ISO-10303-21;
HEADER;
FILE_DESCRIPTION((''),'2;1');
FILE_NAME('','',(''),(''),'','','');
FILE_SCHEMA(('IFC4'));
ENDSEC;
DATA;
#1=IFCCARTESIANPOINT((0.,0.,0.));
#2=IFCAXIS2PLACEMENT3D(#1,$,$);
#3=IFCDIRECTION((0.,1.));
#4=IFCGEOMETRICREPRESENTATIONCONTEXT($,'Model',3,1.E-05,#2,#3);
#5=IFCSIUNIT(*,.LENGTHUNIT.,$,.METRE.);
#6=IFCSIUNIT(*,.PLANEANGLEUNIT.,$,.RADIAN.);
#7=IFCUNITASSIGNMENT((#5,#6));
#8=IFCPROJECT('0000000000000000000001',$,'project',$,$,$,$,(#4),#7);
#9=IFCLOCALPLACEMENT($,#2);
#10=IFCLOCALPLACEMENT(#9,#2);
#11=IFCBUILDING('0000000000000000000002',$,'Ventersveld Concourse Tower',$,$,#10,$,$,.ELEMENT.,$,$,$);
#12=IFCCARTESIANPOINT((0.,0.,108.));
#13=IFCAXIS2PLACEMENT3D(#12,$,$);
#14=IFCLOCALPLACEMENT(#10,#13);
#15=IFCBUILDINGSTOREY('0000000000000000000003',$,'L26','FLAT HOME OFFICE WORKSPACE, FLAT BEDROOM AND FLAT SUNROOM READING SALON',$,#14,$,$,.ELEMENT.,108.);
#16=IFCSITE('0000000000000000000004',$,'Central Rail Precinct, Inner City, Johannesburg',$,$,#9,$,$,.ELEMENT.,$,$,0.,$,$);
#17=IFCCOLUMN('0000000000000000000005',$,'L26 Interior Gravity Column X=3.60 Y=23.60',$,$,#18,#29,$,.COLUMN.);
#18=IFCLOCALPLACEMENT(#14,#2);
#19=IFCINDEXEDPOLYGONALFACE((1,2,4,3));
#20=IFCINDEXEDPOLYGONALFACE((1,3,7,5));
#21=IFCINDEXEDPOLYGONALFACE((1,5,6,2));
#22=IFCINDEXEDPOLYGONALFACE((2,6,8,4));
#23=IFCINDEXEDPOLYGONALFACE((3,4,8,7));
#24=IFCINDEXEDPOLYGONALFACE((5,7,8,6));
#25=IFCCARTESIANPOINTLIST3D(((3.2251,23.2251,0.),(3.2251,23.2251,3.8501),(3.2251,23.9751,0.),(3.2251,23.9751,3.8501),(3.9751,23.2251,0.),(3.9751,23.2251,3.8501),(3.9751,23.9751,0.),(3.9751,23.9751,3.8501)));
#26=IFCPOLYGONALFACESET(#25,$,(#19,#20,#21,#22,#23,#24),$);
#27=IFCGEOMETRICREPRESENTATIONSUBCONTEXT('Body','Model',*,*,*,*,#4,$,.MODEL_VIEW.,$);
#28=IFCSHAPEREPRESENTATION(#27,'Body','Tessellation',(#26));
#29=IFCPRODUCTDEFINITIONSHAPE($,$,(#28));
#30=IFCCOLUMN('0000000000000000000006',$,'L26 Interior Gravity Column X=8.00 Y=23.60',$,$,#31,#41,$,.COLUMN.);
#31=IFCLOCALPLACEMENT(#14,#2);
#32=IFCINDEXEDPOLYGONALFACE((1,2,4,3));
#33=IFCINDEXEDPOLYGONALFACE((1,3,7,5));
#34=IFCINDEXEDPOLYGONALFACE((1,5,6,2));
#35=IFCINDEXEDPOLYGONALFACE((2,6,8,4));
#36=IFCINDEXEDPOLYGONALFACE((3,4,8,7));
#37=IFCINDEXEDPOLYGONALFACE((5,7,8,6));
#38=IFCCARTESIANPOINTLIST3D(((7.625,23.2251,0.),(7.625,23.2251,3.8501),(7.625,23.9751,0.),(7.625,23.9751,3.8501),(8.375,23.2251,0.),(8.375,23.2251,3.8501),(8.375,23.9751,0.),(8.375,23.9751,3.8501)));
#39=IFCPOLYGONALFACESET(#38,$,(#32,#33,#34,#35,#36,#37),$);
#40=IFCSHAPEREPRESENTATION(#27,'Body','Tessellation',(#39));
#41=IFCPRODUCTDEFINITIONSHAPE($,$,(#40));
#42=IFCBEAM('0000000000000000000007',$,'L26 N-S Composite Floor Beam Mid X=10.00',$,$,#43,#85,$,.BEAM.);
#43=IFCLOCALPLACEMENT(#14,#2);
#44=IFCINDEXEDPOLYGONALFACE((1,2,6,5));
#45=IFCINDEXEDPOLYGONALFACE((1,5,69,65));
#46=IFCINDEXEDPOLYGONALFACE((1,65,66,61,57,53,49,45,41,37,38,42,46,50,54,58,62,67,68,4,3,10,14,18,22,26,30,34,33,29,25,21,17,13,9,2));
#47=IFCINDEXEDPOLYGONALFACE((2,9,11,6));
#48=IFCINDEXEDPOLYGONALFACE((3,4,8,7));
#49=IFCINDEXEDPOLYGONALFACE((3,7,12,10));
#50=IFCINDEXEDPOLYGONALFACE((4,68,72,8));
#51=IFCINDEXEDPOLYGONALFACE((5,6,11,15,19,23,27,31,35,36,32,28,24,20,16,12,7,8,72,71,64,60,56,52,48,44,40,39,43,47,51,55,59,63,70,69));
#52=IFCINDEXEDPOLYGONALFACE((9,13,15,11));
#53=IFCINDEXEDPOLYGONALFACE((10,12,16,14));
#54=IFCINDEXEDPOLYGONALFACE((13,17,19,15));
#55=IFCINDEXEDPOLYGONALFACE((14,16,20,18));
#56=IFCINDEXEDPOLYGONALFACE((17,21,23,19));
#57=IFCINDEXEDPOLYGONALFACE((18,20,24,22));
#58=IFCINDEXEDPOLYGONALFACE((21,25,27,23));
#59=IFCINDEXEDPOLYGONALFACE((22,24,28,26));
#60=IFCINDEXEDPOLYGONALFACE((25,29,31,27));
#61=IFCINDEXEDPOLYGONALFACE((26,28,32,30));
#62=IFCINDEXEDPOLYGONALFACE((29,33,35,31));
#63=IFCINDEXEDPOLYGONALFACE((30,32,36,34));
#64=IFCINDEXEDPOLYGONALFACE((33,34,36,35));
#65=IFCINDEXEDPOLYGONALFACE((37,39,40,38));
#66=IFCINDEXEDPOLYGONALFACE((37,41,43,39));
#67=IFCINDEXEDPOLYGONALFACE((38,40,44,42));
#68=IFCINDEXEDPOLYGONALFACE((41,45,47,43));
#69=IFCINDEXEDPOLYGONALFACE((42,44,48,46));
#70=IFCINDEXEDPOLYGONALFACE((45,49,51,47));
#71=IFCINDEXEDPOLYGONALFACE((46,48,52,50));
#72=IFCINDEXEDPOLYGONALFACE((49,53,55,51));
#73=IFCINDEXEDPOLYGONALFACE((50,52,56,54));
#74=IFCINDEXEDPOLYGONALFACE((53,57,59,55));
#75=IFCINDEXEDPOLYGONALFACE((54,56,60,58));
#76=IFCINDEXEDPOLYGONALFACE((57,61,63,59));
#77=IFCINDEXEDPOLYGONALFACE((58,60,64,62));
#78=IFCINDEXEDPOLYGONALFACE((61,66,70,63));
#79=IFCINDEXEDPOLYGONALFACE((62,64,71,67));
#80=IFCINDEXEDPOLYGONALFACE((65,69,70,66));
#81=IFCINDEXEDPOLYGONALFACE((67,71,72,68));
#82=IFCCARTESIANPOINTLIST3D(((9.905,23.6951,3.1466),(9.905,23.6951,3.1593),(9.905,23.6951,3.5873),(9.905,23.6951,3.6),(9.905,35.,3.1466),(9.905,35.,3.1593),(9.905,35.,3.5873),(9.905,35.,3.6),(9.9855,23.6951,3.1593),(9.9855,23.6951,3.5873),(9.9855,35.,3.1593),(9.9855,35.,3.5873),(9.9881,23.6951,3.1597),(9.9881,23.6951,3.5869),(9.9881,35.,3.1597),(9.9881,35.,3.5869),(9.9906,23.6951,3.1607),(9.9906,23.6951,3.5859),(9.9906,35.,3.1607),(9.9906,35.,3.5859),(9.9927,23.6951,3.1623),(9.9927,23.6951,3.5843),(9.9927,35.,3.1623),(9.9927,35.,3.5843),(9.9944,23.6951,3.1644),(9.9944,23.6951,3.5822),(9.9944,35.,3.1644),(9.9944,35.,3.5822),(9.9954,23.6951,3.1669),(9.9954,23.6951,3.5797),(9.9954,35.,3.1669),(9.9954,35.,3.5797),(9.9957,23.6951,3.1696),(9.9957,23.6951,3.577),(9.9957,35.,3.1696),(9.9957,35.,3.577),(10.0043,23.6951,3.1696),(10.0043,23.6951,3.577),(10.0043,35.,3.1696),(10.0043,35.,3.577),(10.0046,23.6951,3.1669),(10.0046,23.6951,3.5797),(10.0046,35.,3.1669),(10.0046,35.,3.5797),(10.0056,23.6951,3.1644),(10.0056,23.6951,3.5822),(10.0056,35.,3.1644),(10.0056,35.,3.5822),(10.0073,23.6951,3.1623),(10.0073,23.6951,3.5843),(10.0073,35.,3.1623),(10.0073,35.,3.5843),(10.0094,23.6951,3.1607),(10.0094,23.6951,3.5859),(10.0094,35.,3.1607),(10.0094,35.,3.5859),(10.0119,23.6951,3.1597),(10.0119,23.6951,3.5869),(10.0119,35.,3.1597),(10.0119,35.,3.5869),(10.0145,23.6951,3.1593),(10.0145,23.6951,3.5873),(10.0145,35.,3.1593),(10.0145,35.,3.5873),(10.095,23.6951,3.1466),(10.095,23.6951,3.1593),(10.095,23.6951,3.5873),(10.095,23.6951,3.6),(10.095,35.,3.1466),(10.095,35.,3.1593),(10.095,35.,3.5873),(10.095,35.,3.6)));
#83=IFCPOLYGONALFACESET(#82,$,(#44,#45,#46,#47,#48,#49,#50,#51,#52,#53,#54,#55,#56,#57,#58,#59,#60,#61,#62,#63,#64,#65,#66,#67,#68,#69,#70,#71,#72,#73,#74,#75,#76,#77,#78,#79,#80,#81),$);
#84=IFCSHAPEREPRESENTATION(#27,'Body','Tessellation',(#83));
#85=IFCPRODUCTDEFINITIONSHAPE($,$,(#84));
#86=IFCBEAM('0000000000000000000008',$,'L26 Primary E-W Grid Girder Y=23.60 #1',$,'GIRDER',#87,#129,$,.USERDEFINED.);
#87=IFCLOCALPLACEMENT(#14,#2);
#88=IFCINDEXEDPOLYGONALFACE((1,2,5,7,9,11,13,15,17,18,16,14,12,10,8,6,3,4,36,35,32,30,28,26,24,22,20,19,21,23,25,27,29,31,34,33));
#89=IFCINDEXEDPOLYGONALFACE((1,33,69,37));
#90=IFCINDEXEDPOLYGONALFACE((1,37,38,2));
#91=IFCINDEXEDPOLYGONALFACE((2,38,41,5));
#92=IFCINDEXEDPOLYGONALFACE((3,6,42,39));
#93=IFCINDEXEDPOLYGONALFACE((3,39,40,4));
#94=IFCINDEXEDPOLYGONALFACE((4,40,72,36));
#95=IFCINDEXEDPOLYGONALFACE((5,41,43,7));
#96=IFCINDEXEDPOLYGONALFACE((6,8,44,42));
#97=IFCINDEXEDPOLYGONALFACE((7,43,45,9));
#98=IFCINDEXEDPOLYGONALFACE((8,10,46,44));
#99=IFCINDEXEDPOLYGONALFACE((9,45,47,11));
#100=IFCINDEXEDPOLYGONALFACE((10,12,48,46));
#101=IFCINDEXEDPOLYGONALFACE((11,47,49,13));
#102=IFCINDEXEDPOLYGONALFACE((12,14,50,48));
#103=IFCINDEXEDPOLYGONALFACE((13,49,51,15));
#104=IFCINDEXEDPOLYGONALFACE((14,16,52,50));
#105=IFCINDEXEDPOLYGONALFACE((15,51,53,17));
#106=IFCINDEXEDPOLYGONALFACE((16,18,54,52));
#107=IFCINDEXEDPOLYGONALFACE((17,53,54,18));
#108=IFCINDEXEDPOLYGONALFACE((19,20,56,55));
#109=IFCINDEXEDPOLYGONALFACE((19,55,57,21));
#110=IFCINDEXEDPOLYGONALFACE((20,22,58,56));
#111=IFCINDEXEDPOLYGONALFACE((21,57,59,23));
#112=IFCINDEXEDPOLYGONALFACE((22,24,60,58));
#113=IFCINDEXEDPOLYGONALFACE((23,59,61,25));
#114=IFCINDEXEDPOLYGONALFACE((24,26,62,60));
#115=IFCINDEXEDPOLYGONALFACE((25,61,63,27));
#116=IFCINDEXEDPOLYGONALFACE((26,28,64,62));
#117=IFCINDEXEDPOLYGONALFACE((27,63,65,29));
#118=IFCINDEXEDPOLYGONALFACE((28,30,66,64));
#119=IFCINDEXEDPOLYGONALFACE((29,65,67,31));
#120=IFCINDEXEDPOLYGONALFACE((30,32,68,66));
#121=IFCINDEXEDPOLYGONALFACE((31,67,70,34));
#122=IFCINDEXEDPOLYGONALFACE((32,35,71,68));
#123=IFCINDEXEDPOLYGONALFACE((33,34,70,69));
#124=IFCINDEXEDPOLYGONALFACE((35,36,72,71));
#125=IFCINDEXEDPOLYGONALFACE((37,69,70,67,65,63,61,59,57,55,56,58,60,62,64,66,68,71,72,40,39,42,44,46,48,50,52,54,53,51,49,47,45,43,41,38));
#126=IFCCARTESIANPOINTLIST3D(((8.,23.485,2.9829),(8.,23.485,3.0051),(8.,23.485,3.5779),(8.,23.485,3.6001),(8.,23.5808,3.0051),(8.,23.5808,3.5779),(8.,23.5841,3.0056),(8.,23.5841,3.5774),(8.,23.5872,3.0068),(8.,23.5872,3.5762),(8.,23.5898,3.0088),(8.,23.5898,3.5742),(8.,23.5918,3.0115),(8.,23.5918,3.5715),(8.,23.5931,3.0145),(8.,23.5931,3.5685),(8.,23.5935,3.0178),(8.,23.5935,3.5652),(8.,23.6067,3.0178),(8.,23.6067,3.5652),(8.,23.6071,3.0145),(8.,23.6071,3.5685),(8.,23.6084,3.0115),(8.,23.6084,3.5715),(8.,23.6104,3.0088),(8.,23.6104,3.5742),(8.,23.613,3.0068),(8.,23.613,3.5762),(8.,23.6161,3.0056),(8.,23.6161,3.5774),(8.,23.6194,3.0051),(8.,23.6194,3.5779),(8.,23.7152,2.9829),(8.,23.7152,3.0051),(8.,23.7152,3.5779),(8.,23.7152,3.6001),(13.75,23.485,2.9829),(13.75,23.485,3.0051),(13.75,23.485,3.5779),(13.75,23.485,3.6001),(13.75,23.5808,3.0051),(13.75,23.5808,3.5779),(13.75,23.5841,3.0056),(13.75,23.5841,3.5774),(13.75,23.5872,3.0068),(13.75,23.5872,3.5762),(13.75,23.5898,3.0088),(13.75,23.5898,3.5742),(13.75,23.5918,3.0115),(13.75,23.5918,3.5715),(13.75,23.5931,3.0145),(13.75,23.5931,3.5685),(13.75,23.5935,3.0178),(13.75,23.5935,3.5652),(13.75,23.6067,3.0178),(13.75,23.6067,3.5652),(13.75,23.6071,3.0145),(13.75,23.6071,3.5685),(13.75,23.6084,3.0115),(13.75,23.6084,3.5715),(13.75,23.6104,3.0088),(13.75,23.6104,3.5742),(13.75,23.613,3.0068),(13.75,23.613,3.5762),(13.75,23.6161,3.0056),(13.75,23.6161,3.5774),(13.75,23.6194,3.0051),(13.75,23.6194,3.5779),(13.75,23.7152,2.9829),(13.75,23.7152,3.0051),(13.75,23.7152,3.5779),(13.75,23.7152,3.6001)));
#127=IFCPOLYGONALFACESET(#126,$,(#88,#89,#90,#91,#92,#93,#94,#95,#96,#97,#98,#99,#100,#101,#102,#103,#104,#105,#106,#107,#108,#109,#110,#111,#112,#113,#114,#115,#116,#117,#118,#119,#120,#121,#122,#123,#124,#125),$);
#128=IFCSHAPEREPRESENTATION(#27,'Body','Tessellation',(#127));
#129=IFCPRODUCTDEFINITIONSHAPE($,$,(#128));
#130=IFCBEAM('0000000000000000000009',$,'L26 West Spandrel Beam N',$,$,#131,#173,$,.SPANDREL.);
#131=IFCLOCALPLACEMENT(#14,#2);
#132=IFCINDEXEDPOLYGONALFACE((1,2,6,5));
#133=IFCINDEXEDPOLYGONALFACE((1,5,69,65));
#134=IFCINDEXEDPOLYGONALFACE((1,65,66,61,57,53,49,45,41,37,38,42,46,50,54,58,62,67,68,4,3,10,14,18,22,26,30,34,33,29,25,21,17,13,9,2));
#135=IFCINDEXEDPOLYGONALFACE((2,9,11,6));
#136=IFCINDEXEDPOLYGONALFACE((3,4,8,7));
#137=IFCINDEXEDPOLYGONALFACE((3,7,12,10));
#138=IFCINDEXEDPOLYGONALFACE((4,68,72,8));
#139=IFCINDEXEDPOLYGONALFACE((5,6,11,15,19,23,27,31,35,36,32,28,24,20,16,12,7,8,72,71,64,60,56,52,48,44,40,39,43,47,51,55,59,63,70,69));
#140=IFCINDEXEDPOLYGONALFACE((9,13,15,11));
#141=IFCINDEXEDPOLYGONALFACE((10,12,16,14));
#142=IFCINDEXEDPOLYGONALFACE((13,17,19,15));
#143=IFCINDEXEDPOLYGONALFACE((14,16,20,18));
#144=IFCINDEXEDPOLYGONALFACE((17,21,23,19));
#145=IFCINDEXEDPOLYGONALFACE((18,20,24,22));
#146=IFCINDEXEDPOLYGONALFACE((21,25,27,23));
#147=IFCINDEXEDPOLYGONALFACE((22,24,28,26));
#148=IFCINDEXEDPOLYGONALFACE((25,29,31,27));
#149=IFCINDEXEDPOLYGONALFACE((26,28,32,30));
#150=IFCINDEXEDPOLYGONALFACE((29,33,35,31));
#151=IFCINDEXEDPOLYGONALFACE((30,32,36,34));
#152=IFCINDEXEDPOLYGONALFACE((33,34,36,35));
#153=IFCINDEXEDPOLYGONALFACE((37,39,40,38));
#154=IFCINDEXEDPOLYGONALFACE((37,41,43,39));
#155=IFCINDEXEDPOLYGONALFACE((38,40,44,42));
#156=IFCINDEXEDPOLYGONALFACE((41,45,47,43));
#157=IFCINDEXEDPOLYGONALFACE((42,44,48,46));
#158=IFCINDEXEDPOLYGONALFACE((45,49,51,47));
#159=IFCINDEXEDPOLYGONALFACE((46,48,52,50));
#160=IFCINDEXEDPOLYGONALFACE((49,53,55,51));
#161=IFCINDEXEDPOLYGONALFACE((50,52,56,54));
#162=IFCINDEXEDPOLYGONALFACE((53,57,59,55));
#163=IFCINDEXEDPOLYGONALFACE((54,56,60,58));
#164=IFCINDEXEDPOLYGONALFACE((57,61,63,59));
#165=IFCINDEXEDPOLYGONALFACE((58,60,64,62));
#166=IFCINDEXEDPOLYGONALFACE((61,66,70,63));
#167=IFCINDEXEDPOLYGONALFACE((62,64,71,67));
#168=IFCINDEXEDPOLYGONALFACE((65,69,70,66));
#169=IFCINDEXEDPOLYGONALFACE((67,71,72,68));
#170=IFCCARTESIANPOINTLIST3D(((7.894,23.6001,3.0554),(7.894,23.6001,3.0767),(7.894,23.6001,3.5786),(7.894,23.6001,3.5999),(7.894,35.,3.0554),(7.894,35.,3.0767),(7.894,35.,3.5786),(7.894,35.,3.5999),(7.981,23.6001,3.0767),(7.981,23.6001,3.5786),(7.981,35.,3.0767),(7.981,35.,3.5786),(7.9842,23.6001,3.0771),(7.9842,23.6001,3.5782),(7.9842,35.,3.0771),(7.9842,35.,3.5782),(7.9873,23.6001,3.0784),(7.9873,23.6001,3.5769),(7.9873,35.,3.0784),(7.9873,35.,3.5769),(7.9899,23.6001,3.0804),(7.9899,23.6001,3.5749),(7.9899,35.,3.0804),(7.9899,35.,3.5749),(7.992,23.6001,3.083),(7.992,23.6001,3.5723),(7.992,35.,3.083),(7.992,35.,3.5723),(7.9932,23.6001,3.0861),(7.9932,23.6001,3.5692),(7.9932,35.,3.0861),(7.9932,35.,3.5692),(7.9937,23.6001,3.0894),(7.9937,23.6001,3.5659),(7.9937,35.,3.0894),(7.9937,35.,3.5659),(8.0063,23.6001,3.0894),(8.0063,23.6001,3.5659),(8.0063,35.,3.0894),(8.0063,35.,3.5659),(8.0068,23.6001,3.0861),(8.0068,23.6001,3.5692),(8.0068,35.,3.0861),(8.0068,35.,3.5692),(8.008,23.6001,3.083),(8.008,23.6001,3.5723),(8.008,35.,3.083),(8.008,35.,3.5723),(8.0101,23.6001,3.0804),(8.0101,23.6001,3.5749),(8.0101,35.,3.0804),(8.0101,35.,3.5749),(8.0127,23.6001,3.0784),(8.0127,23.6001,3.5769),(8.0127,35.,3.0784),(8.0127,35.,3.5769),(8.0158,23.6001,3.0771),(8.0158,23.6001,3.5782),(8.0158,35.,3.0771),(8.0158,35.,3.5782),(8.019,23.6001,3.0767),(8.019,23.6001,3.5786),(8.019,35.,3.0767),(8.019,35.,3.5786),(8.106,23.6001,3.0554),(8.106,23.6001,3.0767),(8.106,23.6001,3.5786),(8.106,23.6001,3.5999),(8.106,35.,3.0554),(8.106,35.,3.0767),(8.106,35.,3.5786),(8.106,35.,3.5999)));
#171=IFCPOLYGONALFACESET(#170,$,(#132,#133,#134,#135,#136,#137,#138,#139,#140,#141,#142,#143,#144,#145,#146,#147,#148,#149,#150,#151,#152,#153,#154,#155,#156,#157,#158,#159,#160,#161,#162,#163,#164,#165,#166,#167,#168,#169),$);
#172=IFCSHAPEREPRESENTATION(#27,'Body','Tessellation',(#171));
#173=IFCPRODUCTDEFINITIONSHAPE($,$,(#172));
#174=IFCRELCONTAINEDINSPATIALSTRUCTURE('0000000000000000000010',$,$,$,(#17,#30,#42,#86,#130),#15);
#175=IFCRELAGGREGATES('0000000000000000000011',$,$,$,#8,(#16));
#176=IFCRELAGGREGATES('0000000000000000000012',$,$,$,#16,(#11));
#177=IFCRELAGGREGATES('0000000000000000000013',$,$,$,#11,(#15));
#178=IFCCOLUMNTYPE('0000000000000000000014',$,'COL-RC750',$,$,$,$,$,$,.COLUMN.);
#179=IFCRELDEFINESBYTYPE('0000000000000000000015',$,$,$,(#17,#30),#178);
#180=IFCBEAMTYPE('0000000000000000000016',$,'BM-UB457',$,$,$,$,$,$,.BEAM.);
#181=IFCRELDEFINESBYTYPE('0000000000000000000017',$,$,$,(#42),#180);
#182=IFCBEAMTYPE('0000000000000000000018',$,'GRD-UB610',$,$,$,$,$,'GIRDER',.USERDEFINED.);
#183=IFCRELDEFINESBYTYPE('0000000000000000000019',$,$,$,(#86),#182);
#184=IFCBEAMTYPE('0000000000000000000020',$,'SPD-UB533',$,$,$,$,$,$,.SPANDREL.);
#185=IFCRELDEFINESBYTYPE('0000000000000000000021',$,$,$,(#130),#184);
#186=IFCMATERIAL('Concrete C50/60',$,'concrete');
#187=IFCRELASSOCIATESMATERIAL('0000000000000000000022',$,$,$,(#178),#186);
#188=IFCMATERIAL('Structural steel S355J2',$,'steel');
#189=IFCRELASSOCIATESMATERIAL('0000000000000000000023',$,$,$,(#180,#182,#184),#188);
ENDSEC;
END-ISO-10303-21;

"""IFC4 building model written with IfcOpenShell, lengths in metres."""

from ifc_helpers import new_model, si_unit, direction, frame, origin, origin_2d, place, context, subcontext, project, spatial, rectangle, i_section, extrude, material, material_profile, profile_set, type_object, element, save


model = new_model("IFC4")

# Units and contexts
model_context = context("Model", 3, precision=1e-05, world=origin(), true_north=direction((0.0, 1.0)))
body_context = subcontext(model_context, "Body", "Model", "MODEL_VIEW")
ifc_project = project(units=[si_unit("LENGTHUNIT", "METRE"), si_unit("PLANEANGLEUNIT", "RADIAN")], contexts=[model_context])

# Site, building, storey
site_placement = place(None, origin())
site = spatial("IfcSite", under=ifc_project, at=site_placement, Name="Central Rail Precinct, Inner City, Johannesburg", CompositionType="ELEMENT", RefElevation=0.0)
building_placement = place(site_placement, origin())
building = spatial("IfcBuilding", under=site, at=building_placement, Name="Ventersveld Concourse Tower", CompositionType="ELEMENT")
storey_placement = place(building_placement, frame((0.0, 0.0, 108.0)))
storey = spatial("IfcBuildingStorey", under=building, at=storey_placement, Name="L26", Description="FLAT HOME OFFICE WORKSPACE, FLAT BEDROOM AND FLAT SUNROOM READING SALON", CompositionType="ELEMENT", Elevation=108.0)

# Columns
ifc_material_1 = material(Name="Concrete C50/60", Category="concrete")
ifc_material_profile_1 = material_profile(ifc_material_1, rectangle(XDim=0.75, YDim=0.75, at=origin_2d()), Name="RC 750x750")
ifc_profile_set_1 = profile_set([ifc_material_profile_1], Name="Concrete C50/60")
column_type = type_object("IfcColumnType", Name="COL-RC750", PredefinedType="COLUMN", material=ifc_profile_set_1)
for number, where, z_axis, x_axis, name in (
    (1, (3.6001, 23.6001, 0.0), (0.0, 0.0, 1.0), (1.0, 0.0, 0.0), "L26 Interior Gravity Column X=3.60 Y=23.60"),
    (2, (8.0, 23.6001, 0.0), (0.0, 0.0, 1.0), (1.0, 0.0, 0.0), "L26 Interior Gravity Column X=8.00 Y=23.60"),
):
    element("IfcColumn", number, at=place(storey_placement, frame(where, z_axis=z_axis, x_axis=x_axis)), inside=storey, type_object=column_type, Name=name, PredefinedType="COLUMN", context=body_context, shape_type="SweptSolid", body=[
        extrude(rectangle(XDim=0.75, YDim=0.75, at=origin_2d()), origin(), (0.0, 0.0, 1.0), 3.8501),
    ])

# Beams
ifc_material_2 = material(Name="Structural steel S355J2", Category="steel")
ifc_material_profile_2 = material_profile(ifc_material_2, i_section(OverallWidth=0.1899, OverallDepth=0.4534, WebThickness=0.0085, FlangeThickness=0.0127, FilletRadius=0.0103, at=origin_2d()), Name="UB 457x191x67")
ifc_profile_set_2 = profile_set([ifc_material_profile_2], Name="Structural steel S355J2")
beam_type_1 = type_object("IfcBeamType", Name="BM-UB457", PredefinedType="BEAM", material=ifc_profile_set_2)
beam_1_placement = place(storey_placement, frame((10.0, 23.6951, 3.3733), z_axis=(0.0, 1.0, 0.0), x_axis=(-1.0, 0.0, 0.0)))
element("IfcBeam", 3, at=beam_1_placement, inside=storey, type_object=beam_type_1, Name="L26 N-S Composite Floor Beam Mid X=10.00", PredefinedType="BEAM", context=body_context, shape_type="SweptSolid", body=[
    extrude(i_section(OverallWidth=0.1899, OverallDepth=0.4534, WebThickness=0.0085, FlangeThickness=0.0127, FilletRadius=0.0103, at=origin_2d()), origin(), (0.0, 0.0, 1.0), 11.3049),
])
ifc_material_profile_3 = material_profile(ifc_material_2, i_section(OverallWidth=0.2302, OverallDepth=0.6172, WebThickness=0.0132, FlangeThickness=0.0222, FilletRadius=0.0127, at=origin_2d()), Name="UB 610x229x140")
ifc_profile_set_3 = profile_set([ifc_material_profile_3], Name="Structural steel S355J2")
beam_type_2 = type_object("IfcBeamType", Name="GRD-UB610", ElementType="GIRDER", PredefinedType="USERDEFINED", material=ifc_profile_set_3)
beam_2_placement = place(storey_placement, frame((8.0, 23.6001, 3.2915), z_axis=(1.0, 0.0, 0.0), x_axis=(0.0, 1.0, 0.0)))
element("IfcBeam", 4, at=beam_2_placement, inside=storey, type_object=beam_type_2, Name="L26 Primary E-W Grid Girder Y=23.60 #1", ObjectType="GIRDER", PredefinedType="USERDEFINED", context=body_context, shape_type="SweptSolid", body=[
    extrude(i_section(OverallWidth=0.2302, OverallDepth=0.6172, WebThickness=0.0132, FlangeThickness=0.0222, FilletRadius=0.0127, at=origin_2d()), origin(), (0.0, 0.0, 1.0), 5.75),
])
ifc_material_profile_4 = material_profile(ifc_material_2, i_section(OverallWidth=0.2119, OverallDepth=0.5444, WebThickness=0.0127, FlangeThickness=0.0212, FilletRadius=0.0127, at=origin_2d()), Name="UB 533x210x122")
ifc_profile_set_4 = profile_set([ifc_material_profile_4], Name="Structural steel S355J2")
beam_type_3 = type_object("IfcBeamType", Name="SPD-UB533", PredefinedType="SPANDREL", material=ifc_profile_set_4)
beam_3_placement = place(storey_placement, frame((8.0, 23.6001, 3.3276), z_axis=(0.0, 1.0, 0.0), x_axis=(-1.0, 0.0, 0.0)))
element("IfcBeam", 5, at=beam_3_placement, inside=storey, type_object=beam_type_3, Name="L26 West Spandrel Beam N", PredefinedType="SPANDREL", context=body_context, shape_type="SweptSolid", body=[
    extrude(i_section(OverallWidth=0.2119, OverallDepth=0.5444, WebThickness=0.0127, FlangeThickness=0.0212, FilletRadius=0.0127, at=origin_2d()), origin(), (0.0, 0.0, 1.0), 11.3999),
])

save(model, "model.ifc")
